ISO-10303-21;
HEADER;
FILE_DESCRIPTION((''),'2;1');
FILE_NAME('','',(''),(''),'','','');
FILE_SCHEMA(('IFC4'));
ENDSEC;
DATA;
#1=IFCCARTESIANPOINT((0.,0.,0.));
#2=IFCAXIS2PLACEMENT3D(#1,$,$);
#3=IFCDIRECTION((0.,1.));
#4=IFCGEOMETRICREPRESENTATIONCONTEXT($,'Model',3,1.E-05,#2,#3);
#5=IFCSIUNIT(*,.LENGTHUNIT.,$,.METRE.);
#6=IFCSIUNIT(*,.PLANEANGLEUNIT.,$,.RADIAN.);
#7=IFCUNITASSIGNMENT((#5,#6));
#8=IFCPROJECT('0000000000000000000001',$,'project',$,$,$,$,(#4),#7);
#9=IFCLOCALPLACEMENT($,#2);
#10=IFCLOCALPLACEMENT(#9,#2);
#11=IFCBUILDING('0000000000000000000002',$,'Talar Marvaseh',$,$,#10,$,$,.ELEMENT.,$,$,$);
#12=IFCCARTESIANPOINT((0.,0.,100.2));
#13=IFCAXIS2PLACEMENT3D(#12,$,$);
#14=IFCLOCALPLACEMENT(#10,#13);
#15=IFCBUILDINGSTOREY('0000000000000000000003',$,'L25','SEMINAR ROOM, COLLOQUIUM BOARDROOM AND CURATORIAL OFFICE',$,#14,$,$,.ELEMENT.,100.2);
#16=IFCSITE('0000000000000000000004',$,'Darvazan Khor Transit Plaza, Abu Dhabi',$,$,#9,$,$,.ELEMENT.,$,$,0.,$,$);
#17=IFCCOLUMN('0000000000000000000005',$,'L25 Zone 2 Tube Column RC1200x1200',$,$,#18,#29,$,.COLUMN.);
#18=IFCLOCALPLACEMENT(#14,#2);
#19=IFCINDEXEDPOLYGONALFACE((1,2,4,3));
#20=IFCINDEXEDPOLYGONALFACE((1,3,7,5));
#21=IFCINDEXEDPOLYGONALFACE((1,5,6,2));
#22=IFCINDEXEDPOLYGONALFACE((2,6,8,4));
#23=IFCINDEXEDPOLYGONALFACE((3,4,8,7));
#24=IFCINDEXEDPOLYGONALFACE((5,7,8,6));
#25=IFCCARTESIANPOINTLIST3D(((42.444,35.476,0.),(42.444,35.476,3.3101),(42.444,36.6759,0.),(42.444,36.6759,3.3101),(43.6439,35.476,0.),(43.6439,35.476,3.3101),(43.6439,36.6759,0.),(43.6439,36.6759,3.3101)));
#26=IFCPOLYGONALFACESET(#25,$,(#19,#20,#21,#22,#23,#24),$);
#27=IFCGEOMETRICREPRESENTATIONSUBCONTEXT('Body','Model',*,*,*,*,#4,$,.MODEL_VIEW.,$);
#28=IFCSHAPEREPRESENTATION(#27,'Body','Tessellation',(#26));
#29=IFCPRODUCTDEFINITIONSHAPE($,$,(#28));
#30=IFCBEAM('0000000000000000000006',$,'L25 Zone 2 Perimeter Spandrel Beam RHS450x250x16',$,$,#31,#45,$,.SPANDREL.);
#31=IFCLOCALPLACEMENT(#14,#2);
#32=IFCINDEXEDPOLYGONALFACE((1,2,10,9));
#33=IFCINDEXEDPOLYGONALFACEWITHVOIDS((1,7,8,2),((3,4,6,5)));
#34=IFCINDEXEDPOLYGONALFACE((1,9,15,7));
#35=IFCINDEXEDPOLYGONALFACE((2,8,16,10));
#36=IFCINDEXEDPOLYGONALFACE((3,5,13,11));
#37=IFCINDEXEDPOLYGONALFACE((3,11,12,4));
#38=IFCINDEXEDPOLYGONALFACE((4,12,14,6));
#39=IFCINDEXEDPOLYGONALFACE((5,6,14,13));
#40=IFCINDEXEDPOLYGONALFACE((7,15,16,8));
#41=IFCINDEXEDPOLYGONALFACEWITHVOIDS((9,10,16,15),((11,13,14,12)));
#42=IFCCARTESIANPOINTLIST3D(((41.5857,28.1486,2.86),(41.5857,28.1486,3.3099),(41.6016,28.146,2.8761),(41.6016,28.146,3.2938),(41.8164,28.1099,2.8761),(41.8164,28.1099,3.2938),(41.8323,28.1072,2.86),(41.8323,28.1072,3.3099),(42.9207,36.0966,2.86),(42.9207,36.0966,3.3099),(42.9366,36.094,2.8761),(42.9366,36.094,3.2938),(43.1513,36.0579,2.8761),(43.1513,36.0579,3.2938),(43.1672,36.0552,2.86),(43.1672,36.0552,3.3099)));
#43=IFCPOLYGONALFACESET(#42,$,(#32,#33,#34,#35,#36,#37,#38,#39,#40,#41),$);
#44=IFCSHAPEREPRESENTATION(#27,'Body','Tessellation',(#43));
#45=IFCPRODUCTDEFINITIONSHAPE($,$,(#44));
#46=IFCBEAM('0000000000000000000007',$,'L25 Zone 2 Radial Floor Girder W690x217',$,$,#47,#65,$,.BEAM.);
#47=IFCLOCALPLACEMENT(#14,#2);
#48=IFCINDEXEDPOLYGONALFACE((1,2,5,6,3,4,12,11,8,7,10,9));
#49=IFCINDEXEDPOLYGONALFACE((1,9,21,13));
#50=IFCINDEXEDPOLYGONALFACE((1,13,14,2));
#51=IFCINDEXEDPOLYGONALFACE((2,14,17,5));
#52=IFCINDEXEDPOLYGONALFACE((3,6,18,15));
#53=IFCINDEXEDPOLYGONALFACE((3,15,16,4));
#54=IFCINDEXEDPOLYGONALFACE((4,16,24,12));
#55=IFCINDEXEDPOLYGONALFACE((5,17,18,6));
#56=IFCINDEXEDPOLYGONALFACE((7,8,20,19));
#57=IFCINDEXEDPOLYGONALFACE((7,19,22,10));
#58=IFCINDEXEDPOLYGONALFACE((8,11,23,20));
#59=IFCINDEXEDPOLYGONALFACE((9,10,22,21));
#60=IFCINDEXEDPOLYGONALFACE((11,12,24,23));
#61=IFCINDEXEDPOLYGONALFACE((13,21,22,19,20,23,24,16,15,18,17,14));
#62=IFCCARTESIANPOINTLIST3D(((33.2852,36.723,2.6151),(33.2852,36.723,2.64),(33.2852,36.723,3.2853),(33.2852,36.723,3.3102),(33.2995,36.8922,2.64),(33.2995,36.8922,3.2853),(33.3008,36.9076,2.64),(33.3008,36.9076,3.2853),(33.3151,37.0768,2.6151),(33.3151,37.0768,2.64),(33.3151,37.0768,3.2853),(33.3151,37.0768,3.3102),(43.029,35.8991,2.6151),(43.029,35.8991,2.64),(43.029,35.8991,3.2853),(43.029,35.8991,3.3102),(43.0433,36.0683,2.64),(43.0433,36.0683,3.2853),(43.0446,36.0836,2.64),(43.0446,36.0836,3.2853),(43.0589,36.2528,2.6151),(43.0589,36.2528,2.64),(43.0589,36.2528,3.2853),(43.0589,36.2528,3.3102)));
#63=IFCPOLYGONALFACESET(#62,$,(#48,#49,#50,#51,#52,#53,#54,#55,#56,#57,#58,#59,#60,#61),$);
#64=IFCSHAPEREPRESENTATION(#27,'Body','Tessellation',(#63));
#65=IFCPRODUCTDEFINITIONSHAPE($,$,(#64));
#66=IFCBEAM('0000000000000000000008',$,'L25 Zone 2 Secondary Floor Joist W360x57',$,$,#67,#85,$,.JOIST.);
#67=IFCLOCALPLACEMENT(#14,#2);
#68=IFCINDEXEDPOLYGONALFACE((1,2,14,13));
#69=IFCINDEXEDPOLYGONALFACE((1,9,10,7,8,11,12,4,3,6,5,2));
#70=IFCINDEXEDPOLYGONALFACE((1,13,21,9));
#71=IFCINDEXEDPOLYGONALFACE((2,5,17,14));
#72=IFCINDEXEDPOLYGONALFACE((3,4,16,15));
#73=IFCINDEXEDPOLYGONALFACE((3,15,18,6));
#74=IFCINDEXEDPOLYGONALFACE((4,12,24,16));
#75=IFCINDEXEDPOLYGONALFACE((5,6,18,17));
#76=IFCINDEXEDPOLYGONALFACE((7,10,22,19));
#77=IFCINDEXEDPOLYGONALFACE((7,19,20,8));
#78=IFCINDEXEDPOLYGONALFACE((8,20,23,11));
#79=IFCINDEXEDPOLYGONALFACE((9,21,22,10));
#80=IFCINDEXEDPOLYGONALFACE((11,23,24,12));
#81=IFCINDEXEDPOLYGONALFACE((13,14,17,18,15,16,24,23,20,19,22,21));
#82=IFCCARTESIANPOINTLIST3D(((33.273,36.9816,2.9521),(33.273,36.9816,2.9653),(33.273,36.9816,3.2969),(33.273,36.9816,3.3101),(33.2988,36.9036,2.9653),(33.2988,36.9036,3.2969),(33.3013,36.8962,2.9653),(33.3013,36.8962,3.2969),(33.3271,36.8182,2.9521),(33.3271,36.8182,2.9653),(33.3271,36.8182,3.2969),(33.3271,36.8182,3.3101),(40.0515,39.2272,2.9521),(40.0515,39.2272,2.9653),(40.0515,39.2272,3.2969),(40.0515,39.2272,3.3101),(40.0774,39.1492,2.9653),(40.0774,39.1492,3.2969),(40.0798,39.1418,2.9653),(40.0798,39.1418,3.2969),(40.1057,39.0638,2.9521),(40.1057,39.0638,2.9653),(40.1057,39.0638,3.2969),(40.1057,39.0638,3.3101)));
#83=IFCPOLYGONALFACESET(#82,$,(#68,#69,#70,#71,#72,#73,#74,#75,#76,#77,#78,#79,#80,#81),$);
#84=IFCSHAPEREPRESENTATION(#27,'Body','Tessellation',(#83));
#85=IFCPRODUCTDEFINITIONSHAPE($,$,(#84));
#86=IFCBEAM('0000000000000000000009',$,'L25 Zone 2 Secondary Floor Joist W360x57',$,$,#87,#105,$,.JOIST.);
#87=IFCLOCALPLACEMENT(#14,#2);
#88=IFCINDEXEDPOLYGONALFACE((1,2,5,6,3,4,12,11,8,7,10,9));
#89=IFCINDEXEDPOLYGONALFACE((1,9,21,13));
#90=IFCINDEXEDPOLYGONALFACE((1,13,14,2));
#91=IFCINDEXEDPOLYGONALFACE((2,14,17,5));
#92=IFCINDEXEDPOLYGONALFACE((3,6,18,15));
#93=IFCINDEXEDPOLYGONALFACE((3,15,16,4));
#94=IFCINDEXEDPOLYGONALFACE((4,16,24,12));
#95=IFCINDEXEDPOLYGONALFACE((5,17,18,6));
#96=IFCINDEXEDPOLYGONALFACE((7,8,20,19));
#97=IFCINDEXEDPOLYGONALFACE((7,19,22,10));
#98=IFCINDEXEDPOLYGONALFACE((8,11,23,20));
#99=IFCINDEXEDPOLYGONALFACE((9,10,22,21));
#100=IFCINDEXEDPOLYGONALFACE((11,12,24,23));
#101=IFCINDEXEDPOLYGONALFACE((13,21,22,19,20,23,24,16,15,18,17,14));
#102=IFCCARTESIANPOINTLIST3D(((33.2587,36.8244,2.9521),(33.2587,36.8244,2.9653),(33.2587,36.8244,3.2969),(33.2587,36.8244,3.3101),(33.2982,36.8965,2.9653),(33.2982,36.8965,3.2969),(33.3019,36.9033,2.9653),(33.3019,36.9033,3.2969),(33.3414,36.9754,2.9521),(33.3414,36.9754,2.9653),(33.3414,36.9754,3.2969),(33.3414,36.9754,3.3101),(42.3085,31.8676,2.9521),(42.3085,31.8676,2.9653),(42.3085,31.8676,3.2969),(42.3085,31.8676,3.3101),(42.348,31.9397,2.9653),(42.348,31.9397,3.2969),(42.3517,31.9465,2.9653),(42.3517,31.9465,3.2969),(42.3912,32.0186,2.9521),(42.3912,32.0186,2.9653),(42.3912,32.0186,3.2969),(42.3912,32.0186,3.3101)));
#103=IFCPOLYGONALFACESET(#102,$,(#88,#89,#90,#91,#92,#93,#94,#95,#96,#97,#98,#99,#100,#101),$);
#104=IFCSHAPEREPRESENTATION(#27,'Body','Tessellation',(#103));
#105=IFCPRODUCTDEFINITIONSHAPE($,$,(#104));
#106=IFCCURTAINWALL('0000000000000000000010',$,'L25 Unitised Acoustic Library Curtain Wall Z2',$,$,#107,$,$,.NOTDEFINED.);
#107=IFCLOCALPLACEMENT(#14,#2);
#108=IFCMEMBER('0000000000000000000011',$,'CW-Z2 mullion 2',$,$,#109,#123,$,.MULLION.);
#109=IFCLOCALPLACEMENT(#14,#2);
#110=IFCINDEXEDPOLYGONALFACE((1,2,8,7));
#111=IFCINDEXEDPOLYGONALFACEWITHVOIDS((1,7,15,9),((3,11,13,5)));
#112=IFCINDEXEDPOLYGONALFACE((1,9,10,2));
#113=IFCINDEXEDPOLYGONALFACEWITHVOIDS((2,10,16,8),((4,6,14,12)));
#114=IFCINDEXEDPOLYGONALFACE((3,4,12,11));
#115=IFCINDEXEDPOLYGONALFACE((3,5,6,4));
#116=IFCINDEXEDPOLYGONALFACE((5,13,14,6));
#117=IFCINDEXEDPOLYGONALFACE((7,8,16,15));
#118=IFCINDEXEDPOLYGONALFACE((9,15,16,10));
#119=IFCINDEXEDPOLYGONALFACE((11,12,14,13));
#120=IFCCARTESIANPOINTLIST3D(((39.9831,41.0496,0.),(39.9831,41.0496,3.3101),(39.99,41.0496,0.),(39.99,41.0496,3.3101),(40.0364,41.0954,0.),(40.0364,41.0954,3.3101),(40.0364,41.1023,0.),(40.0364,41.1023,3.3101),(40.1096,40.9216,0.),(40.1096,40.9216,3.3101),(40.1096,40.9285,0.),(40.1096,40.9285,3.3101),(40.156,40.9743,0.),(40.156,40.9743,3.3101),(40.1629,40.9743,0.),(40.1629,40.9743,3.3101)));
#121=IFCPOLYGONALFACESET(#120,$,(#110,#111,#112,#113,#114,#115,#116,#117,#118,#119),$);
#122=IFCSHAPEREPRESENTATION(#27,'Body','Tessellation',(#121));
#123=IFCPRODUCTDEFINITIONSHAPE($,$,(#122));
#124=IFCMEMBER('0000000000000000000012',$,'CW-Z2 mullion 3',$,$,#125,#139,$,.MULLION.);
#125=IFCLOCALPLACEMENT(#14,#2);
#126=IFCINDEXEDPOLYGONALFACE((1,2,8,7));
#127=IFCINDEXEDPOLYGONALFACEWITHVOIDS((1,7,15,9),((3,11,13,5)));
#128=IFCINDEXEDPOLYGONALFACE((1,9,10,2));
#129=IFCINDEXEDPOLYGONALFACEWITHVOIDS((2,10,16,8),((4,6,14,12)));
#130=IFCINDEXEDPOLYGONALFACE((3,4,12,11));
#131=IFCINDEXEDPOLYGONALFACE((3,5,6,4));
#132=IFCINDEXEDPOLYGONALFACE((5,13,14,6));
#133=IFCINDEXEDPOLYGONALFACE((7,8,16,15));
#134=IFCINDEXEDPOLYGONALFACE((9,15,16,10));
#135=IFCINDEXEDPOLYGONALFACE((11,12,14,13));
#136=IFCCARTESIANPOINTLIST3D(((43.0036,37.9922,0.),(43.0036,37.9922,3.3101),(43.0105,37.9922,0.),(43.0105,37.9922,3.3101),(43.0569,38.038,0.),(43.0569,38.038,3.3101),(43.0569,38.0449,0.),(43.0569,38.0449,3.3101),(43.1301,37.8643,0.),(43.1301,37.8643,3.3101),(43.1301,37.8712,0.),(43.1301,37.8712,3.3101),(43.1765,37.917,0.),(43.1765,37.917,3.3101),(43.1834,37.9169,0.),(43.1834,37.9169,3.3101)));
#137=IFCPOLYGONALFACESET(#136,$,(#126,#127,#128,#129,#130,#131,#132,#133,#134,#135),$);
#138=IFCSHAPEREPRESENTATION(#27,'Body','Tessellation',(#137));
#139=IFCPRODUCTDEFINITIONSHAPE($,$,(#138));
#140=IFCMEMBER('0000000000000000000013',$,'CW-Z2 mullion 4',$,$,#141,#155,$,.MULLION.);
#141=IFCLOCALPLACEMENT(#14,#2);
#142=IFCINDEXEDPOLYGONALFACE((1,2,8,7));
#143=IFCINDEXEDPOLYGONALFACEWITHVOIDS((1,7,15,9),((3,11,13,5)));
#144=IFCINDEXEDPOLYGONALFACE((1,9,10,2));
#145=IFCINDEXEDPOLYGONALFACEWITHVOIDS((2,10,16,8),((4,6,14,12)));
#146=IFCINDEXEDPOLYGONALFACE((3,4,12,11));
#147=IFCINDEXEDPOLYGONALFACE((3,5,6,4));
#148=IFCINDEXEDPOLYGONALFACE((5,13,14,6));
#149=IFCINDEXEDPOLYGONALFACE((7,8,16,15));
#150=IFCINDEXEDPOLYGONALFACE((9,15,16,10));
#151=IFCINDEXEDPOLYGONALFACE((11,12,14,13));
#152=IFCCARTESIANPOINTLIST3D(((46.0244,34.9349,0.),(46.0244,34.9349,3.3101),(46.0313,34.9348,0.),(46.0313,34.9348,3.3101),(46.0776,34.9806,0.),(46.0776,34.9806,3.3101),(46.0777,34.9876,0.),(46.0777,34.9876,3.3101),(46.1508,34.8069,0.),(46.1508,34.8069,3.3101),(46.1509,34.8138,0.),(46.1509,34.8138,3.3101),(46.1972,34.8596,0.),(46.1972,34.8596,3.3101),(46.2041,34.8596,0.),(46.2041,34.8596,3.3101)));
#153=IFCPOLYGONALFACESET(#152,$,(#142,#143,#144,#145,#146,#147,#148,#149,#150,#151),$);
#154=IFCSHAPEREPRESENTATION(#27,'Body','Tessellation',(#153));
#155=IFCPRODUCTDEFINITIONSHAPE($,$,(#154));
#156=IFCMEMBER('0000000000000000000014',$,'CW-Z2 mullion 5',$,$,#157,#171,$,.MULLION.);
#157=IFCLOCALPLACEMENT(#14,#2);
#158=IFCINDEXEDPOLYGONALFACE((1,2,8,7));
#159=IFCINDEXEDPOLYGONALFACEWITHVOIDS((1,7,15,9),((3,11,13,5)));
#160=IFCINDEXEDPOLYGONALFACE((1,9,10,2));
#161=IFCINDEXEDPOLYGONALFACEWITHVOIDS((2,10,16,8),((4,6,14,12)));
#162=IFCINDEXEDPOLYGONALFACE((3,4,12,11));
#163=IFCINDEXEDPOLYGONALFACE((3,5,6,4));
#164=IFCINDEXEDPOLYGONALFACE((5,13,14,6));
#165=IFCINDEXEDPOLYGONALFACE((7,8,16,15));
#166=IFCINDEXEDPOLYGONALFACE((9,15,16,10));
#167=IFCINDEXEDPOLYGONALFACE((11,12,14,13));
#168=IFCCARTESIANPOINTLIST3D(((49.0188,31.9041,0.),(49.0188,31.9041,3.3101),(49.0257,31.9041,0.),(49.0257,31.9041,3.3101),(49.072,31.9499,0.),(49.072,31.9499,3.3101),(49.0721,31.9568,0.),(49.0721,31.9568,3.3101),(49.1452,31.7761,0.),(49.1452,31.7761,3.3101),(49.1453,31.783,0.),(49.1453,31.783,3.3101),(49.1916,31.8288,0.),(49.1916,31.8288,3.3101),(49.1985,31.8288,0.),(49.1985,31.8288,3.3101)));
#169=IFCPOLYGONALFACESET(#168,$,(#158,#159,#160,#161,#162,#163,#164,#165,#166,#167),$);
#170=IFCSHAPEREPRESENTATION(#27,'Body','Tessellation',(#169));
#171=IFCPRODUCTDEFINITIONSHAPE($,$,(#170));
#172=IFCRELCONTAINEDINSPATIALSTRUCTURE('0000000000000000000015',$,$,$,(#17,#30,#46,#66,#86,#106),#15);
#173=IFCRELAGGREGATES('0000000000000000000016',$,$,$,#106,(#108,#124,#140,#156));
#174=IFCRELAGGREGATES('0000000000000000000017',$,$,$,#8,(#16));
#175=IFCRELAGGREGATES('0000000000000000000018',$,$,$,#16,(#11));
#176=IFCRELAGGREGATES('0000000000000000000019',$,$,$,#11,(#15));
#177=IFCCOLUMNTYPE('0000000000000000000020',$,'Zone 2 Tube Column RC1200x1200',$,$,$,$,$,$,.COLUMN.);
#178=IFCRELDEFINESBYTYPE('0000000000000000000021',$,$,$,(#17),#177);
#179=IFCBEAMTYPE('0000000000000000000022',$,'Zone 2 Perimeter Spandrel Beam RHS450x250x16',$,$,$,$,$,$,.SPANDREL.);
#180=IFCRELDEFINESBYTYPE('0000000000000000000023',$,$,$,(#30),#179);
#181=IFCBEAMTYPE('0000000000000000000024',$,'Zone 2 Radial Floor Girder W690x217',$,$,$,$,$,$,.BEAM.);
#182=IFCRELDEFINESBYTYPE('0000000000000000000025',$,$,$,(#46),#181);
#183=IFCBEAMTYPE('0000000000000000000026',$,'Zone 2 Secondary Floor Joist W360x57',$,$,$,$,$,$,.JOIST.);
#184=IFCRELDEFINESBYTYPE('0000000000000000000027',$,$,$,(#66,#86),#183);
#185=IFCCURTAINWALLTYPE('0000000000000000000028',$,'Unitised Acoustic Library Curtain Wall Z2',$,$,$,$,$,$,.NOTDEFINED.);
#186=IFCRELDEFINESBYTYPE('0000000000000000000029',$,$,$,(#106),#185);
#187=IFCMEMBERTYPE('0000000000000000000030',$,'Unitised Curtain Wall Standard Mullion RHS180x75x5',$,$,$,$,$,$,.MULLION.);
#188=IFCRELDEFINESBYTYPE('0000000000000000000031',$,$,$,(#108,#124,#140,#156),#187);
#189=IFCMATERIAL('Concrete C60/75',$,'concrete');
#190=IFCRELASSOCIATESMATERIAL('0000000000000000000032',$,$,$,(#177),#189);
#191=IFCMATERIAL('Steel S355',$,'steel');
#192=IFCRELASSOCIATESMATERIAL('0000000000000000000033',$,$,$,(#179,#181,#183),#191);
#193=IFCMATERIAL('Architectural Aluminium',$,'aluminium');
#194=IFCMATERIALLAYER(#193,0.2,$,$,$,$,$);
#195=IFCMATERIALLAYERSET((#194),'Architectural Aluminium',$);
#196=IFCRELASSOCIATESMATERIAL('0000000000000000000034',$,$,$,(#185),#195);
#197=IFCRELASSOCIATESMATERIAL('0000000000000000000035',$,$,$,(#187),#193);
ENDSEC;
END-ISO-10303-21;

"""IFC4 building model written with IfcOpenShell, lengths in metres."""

from ifc_helpers import new_model, si_unit, direction, frame, origin, origin_2d, place, context, subcontext, project, spatial, rectangle, hollow_rectangle, i_section, extrude, source, transform, mapped, material, layer, layer_set, material_profile, profile_set, type_object, type_shapes, element, aggregate, save


model = new_model("IFC4")

# Units and contexts
model_context = context("Model", 3, precision=1e-05, world=origin(), true_north=direction((0.0, 1.0)))
body_context = subcontext(model_context, "Body", "Model", "MODEL_VIEW")
ifc_project = project(units=[si_unit("LENGTHUNIT", "METRE"), si_unit("PLANEANGLEUNIT", "RADIAN")], contexts=[model_context])

# Site, building, storey
site_placement = place(None, origin())
site = spatial("IfcSite", under=ifc_project, at=site_placement, Name="Darvazan Khor Transit Plaza, Abu Dhabi", CompositionType="ELEMENT", RefElevation=0.0)
building_placement = place(site_placement, origin())
building = spatial("IfcBuilding", under=site, at=building_placement, Name="Talar Marvaseh", CompositionType="ELEMENT")
storey_placement = place(building_placement, frame((0.0, 0.0, 100.2)))
storey = spatial("IfcBuildingStorey", under=building, at=storey_placement, Name="L25", Description="SEMINAR ROOM, COLLOQUIUM BOARDROOM AND CURATORIAL OFFICE", CompositionType="ELEMENT", Elevation=100.2)

# Column
ifc_material_1 = material(Name="Concrete C60/75", Category="concrete")
ifc_material_profile_1 = material_profile(ifc_material_1, rectangle(XDim=1.2, YDim=1.2, at=origin_2d()), Name="RC1200x1200")
ifc_profile_set_1 = profile_set([ifc_material_profile_1], Name="Concrete C60/75")
column_type = type_object("IfcColumnType", Name="Zone 2 Tube Column RC1200x1200", PredefinedType="COLUMN", material=ifc_profile_set_1)
column_placement = place(storey_placement, frame((43.0439, 36.0759, 0.0), z_axis=(0.0, 0.0, 1.0), x_axis=(1.0, 0.0, 0.0)))
element("IfcColumn", 1, at=column_placement, inside=storey, type_object=column_type, Name="L25 Zone 2 Tube Column RC1200x1200", PredefinedType="COLUMN", context=body_context, shape_type="SweptSolid", body=[
    extrude(rectangle(XDim=1.2, YDim=1.2, at=origin_2d()), origin(), (0.0, 0.0, 1.0), 3.3101),
])

# Beams
ifc_material_2 = material(Name="Steel S355", Category="steel")
ifc_material_profile_2 = material_profile(ifc_material_2, hollow_rectangle(XDim=0.25, YDim=0.45, WallThickness=0.0161, at=origin_2d()), Name="RHS450x250x16")
ifc_profile_set_2 = profile_set([ifc_material_profile_2], Name="Steel S355")
beam_type_1 = type_object("IfcBeamType", Name="Zone 2 Perimeter Spandrel Beam RHS450x250x16", PredefinedType="SPANDREL", material=ifc_profile_set_2)
beam_1_placement = place(storey_placement, frame((43.0439, 36.0759, 3.085), z_axis=(-0.165642, -0.986186, 0.0), x_axis=(0.986186, -0.165642, 0.0)))
element("IfcBeam", 2, at=beam_1_placement, inside=storey, type_object=beam_type_1, Name="L25 Zone 2 Perimeter Spandrel Beam RHS450x250x16", PredefinedType="SPANDREL", context=body_context, shape_type="SweptSolid", body=[
    extrude(hollow_rectangle(XDim=0.25, YDim=0.45, WallThickness=0.0161, at=origin_2d()), origin(), (0.0, 0.0, 1.0), 8.0593),
])
ifc_material_profile_3 = material_profile(ifc_material_2, i_section(OverallWidth=0.355, OverallDepth=0.6951, WebThickness=0.0154, FlangeThickness=0.0249, at=origin_2d()), Name="W690x217")
ifc_profile_set_3 = profile_set([ifc_material_profile_3], Name="Steel S355")
beam_type_2 = type_object("IfcBeamType", Name="Zone 2 Radial Floor Girder W690x217", PredefinedType="BEAM", material=ifc_profile_set_3)
beam_2_placement = place(storey_placement, frame((43.0439, 36.0759, 2.9626), z_axis=(-0.996444, 0.084262, 0.0), x_axis=(-0.084262, -0.996444, 0.0)))
element("IfcBeam", 3, at=beam_2_placement, inside=storey, type_object=beam_type_2, Name="L25 Zone 2 Radial Floor Girder W690x217", PredefinedType="BEAM", context=body_context, shape_type="SweptSolid", body=[
    extrude(i_section(OverallWidth=0.355, OverallDepth=0.6951, WebThickness=0.0154, FlangeThickness=0.0249, at=origin_2d()), origin(), (0.0, 0.0, 1.0), 9.7786),
])
ifc_material_profile_4 = material_profile(ifc_material_2, i_section(OverallWidth=0.1721, OverallDepth=0.3579, WebThickness=0.0078, FlangeThickness=0.0132, at=origin_2d()), Name="W360x57")
ifc_profile_set_4 = profile_set([ifc_material_profile_4], Name="Steel S355")
beam_type_3 = type_object("IfcBeamType", Name="Zone 2 Secondary Floor Joist W360x57", PredefinedType="JOIST", material=ifc_profile_set_4)
beam_3_placement = place(storey_placement, frame((40.0786, 39.1455, 3.1311), z_axis=(-0.949266, -0.314473, 0.0), x_axis=(0.314473, -0.949266, 0.0)))
element("IfcBeam", 4, at=beam_3_placement, inside=storey, type_object=beam_type_3, Name="L25 Zone 2 Secondary Floor Joist W360x57", PredefinedType="JOIST", context=body_context, shape_type="SweptSolid", body=[
    extrude(i_section(OverallWidth=0.1721, OverallDepth=0.3579, WebThickness=0.0078, FlangeThickness=0.0132, at=origin_2d()), origin(), (0.0, 0.0, 1.0), 7.1409),
])
beam_4_placement = place(storey_placement, frame((42.3499, 31.9431, 3.1311), z_axis=(-0.877058, 0.480385, 0.0), x_axis=(-0.480385, -0.877058, 0.0)))
element("IfcBeam", 5, at=beam_4_placement, inside=storey, type_object=beam_type_3, Name="L25 Zone 2 Secondary Floor Joist W360x57", PredefinedType="JOIST", context=body_context, shape_type="SweptSolid", body=[
    extrude(i_section(OverallWidth=0.1721, OverallDepth=0.3579, WebThickness=0.0078, FlangeThickness=0.0132, at=origin_2d()), origin(), (0.0, 0.0, 1.0), 10.3184),
])

# Curtain wall, members
ifc_material_3 = material(Name="Architectural Aluminium", Category="aluminium")
ifc_layer_1 = layer(ifc_material_3, 0.2)
ifc_layer_set_1 = layer_set([ifc_layer_1], Name="Architectural Aluminium")
curtain_wall_type = type_object("IfcCurtainWallType", Name="Unitised Acoustic Library Curtain Wall Z2", PredefinedType="NOTDEFINED", material=ifc_layer_set_1)
curtain_wall_1_placement = place(storey_placement, origin())
curtain_wall_1 = element("IfcCurtainWall", 6, at=curtain_wall_1_placement, inside=storey, type_object=curtain_wall_type, Name="L25 Unitised Acoustic Library Curtain Wall Z2", PredefinedType="NOTDEFINED")
ifc_material_profile_5 = material_profile(ifc_material_3, hollow_rectangle(XDim=0.075, YDim=0.1799, WallThickness=0.0049, at=origin_2d()), Name="RHS180x75x5")
ifc_profile_set_5 = profile_set([ifc_material_profile_5], Name="Architectural Aluminium")
member_type_1 = type_object("IfcMemberType", Name="Unitised Curtain Wall Standard Mullion RHS180x75x5", PredefinedType="MULLION", material=ifc_profile_set_5)
shared_shape_1 = source(origin(), body_context, "Body", "SweptSolid", [
    extrude(hollow_rectangle(XDim=0.075, YDim=0.1799, WallThickness=0.0049, at=origin_2d()), origin(), (0.0, 0.0, 1.0), 3.3101),
])
type_shapes(member_type_1, [shared_shape_1])
member_1_placement = place(storey_placement, frame((40.073, 41.012, 0.0), z_axis=(0.0, 0.0, 1.0), x_axis=(0.711366, 0.702821, 0.0)))
member_1 = element("IfcMember", 7, at=member_1_placement, type_object=member_type_1, Name="CW-Z2 mullion 2", PredefinedType="MULLION", context=body_context, shape_type="MappedRepresentation", body=[
    mapped(shared_shape_1, transform((0.0, 0.0, 0.0), x_axis=(1.0, 0.0, 0.0), y_axis=(0.0, 1.0, 0.0), z_axis=(0.0, 0.0, 1.0), scale=1.0)),
])
member_2_placement = place(storey_placement, frame((43.0935, 37.9546, 0.0), z_axis=(0.0, 0.0, 1.0), x_axis=(0.711366, 0.702821, 0.0)))
member_2 = element("IfcMember", 8, at=member_2_placement, type_object=member_type_1, Name="CW-Z2 mullion 3", PredefinedType="MULLION", context=body_context, shape_type="MappedRepresentation", body=[
    mapped(shared_shape_1, transform((0.0, 0.0, 0.0), x_axis=(1.0, 0.0, 0.0), y_axis=(0.0, 1.0, 0.0), z_axis=(0.0, 0.0, 1.0), scale=1.0)),
])
member_3_placement = place(storey_placement, frame((46.1143, 34.8972, 0.0), z_axis=(0.0, 0.0, 1.0), x_axis=(0.711366, 0.702821, 0.0)))
member_3 = element("IfcMember", 9, at=member_3_placement, type_object=member_type_1, Name="CW-Z2 mullion 4", PredefinedType="MULLION", context=body_context, shape_type="MappedRepresentation", body=[
    mapped(shared_shape_1, transform((0.0, 0.0, 0.0), x_axis=(1.0, 0.0, 0.0), y_axis=(0.0, 1.0, 0.0), z_axis=(0.0, 0.0, 1.0), scale=1.0)),
])
member_4_placement = place(storey_placement, frame((49.1086, 31.8665, 0.0), z_axis=(0.0, 0.0, 1.0), x_axis=(0.711366, 0.702821, 0.0)))
member_4 = element("IfcMember", 10, at=member_4_placement, type_object=member_type_1, Name="CW-Z2 mullion 5", PredefinedType="MULLION", context=body_context, shape_type="MappedRepresentation", body=[
    mapped(shared_shape_1, transform((0.0, 0.0, 0.0), x_axis=(1.0, 0.0, 0.0), y_axis=(0.0, 1.0, 0.0), z_axis=(0.0, 0.0, 1.0), scale=1.0)),
])

aggregate(curtain_wall_1, [member_1, member_2, member_3, member_4])

save(model, "model.ifc")
